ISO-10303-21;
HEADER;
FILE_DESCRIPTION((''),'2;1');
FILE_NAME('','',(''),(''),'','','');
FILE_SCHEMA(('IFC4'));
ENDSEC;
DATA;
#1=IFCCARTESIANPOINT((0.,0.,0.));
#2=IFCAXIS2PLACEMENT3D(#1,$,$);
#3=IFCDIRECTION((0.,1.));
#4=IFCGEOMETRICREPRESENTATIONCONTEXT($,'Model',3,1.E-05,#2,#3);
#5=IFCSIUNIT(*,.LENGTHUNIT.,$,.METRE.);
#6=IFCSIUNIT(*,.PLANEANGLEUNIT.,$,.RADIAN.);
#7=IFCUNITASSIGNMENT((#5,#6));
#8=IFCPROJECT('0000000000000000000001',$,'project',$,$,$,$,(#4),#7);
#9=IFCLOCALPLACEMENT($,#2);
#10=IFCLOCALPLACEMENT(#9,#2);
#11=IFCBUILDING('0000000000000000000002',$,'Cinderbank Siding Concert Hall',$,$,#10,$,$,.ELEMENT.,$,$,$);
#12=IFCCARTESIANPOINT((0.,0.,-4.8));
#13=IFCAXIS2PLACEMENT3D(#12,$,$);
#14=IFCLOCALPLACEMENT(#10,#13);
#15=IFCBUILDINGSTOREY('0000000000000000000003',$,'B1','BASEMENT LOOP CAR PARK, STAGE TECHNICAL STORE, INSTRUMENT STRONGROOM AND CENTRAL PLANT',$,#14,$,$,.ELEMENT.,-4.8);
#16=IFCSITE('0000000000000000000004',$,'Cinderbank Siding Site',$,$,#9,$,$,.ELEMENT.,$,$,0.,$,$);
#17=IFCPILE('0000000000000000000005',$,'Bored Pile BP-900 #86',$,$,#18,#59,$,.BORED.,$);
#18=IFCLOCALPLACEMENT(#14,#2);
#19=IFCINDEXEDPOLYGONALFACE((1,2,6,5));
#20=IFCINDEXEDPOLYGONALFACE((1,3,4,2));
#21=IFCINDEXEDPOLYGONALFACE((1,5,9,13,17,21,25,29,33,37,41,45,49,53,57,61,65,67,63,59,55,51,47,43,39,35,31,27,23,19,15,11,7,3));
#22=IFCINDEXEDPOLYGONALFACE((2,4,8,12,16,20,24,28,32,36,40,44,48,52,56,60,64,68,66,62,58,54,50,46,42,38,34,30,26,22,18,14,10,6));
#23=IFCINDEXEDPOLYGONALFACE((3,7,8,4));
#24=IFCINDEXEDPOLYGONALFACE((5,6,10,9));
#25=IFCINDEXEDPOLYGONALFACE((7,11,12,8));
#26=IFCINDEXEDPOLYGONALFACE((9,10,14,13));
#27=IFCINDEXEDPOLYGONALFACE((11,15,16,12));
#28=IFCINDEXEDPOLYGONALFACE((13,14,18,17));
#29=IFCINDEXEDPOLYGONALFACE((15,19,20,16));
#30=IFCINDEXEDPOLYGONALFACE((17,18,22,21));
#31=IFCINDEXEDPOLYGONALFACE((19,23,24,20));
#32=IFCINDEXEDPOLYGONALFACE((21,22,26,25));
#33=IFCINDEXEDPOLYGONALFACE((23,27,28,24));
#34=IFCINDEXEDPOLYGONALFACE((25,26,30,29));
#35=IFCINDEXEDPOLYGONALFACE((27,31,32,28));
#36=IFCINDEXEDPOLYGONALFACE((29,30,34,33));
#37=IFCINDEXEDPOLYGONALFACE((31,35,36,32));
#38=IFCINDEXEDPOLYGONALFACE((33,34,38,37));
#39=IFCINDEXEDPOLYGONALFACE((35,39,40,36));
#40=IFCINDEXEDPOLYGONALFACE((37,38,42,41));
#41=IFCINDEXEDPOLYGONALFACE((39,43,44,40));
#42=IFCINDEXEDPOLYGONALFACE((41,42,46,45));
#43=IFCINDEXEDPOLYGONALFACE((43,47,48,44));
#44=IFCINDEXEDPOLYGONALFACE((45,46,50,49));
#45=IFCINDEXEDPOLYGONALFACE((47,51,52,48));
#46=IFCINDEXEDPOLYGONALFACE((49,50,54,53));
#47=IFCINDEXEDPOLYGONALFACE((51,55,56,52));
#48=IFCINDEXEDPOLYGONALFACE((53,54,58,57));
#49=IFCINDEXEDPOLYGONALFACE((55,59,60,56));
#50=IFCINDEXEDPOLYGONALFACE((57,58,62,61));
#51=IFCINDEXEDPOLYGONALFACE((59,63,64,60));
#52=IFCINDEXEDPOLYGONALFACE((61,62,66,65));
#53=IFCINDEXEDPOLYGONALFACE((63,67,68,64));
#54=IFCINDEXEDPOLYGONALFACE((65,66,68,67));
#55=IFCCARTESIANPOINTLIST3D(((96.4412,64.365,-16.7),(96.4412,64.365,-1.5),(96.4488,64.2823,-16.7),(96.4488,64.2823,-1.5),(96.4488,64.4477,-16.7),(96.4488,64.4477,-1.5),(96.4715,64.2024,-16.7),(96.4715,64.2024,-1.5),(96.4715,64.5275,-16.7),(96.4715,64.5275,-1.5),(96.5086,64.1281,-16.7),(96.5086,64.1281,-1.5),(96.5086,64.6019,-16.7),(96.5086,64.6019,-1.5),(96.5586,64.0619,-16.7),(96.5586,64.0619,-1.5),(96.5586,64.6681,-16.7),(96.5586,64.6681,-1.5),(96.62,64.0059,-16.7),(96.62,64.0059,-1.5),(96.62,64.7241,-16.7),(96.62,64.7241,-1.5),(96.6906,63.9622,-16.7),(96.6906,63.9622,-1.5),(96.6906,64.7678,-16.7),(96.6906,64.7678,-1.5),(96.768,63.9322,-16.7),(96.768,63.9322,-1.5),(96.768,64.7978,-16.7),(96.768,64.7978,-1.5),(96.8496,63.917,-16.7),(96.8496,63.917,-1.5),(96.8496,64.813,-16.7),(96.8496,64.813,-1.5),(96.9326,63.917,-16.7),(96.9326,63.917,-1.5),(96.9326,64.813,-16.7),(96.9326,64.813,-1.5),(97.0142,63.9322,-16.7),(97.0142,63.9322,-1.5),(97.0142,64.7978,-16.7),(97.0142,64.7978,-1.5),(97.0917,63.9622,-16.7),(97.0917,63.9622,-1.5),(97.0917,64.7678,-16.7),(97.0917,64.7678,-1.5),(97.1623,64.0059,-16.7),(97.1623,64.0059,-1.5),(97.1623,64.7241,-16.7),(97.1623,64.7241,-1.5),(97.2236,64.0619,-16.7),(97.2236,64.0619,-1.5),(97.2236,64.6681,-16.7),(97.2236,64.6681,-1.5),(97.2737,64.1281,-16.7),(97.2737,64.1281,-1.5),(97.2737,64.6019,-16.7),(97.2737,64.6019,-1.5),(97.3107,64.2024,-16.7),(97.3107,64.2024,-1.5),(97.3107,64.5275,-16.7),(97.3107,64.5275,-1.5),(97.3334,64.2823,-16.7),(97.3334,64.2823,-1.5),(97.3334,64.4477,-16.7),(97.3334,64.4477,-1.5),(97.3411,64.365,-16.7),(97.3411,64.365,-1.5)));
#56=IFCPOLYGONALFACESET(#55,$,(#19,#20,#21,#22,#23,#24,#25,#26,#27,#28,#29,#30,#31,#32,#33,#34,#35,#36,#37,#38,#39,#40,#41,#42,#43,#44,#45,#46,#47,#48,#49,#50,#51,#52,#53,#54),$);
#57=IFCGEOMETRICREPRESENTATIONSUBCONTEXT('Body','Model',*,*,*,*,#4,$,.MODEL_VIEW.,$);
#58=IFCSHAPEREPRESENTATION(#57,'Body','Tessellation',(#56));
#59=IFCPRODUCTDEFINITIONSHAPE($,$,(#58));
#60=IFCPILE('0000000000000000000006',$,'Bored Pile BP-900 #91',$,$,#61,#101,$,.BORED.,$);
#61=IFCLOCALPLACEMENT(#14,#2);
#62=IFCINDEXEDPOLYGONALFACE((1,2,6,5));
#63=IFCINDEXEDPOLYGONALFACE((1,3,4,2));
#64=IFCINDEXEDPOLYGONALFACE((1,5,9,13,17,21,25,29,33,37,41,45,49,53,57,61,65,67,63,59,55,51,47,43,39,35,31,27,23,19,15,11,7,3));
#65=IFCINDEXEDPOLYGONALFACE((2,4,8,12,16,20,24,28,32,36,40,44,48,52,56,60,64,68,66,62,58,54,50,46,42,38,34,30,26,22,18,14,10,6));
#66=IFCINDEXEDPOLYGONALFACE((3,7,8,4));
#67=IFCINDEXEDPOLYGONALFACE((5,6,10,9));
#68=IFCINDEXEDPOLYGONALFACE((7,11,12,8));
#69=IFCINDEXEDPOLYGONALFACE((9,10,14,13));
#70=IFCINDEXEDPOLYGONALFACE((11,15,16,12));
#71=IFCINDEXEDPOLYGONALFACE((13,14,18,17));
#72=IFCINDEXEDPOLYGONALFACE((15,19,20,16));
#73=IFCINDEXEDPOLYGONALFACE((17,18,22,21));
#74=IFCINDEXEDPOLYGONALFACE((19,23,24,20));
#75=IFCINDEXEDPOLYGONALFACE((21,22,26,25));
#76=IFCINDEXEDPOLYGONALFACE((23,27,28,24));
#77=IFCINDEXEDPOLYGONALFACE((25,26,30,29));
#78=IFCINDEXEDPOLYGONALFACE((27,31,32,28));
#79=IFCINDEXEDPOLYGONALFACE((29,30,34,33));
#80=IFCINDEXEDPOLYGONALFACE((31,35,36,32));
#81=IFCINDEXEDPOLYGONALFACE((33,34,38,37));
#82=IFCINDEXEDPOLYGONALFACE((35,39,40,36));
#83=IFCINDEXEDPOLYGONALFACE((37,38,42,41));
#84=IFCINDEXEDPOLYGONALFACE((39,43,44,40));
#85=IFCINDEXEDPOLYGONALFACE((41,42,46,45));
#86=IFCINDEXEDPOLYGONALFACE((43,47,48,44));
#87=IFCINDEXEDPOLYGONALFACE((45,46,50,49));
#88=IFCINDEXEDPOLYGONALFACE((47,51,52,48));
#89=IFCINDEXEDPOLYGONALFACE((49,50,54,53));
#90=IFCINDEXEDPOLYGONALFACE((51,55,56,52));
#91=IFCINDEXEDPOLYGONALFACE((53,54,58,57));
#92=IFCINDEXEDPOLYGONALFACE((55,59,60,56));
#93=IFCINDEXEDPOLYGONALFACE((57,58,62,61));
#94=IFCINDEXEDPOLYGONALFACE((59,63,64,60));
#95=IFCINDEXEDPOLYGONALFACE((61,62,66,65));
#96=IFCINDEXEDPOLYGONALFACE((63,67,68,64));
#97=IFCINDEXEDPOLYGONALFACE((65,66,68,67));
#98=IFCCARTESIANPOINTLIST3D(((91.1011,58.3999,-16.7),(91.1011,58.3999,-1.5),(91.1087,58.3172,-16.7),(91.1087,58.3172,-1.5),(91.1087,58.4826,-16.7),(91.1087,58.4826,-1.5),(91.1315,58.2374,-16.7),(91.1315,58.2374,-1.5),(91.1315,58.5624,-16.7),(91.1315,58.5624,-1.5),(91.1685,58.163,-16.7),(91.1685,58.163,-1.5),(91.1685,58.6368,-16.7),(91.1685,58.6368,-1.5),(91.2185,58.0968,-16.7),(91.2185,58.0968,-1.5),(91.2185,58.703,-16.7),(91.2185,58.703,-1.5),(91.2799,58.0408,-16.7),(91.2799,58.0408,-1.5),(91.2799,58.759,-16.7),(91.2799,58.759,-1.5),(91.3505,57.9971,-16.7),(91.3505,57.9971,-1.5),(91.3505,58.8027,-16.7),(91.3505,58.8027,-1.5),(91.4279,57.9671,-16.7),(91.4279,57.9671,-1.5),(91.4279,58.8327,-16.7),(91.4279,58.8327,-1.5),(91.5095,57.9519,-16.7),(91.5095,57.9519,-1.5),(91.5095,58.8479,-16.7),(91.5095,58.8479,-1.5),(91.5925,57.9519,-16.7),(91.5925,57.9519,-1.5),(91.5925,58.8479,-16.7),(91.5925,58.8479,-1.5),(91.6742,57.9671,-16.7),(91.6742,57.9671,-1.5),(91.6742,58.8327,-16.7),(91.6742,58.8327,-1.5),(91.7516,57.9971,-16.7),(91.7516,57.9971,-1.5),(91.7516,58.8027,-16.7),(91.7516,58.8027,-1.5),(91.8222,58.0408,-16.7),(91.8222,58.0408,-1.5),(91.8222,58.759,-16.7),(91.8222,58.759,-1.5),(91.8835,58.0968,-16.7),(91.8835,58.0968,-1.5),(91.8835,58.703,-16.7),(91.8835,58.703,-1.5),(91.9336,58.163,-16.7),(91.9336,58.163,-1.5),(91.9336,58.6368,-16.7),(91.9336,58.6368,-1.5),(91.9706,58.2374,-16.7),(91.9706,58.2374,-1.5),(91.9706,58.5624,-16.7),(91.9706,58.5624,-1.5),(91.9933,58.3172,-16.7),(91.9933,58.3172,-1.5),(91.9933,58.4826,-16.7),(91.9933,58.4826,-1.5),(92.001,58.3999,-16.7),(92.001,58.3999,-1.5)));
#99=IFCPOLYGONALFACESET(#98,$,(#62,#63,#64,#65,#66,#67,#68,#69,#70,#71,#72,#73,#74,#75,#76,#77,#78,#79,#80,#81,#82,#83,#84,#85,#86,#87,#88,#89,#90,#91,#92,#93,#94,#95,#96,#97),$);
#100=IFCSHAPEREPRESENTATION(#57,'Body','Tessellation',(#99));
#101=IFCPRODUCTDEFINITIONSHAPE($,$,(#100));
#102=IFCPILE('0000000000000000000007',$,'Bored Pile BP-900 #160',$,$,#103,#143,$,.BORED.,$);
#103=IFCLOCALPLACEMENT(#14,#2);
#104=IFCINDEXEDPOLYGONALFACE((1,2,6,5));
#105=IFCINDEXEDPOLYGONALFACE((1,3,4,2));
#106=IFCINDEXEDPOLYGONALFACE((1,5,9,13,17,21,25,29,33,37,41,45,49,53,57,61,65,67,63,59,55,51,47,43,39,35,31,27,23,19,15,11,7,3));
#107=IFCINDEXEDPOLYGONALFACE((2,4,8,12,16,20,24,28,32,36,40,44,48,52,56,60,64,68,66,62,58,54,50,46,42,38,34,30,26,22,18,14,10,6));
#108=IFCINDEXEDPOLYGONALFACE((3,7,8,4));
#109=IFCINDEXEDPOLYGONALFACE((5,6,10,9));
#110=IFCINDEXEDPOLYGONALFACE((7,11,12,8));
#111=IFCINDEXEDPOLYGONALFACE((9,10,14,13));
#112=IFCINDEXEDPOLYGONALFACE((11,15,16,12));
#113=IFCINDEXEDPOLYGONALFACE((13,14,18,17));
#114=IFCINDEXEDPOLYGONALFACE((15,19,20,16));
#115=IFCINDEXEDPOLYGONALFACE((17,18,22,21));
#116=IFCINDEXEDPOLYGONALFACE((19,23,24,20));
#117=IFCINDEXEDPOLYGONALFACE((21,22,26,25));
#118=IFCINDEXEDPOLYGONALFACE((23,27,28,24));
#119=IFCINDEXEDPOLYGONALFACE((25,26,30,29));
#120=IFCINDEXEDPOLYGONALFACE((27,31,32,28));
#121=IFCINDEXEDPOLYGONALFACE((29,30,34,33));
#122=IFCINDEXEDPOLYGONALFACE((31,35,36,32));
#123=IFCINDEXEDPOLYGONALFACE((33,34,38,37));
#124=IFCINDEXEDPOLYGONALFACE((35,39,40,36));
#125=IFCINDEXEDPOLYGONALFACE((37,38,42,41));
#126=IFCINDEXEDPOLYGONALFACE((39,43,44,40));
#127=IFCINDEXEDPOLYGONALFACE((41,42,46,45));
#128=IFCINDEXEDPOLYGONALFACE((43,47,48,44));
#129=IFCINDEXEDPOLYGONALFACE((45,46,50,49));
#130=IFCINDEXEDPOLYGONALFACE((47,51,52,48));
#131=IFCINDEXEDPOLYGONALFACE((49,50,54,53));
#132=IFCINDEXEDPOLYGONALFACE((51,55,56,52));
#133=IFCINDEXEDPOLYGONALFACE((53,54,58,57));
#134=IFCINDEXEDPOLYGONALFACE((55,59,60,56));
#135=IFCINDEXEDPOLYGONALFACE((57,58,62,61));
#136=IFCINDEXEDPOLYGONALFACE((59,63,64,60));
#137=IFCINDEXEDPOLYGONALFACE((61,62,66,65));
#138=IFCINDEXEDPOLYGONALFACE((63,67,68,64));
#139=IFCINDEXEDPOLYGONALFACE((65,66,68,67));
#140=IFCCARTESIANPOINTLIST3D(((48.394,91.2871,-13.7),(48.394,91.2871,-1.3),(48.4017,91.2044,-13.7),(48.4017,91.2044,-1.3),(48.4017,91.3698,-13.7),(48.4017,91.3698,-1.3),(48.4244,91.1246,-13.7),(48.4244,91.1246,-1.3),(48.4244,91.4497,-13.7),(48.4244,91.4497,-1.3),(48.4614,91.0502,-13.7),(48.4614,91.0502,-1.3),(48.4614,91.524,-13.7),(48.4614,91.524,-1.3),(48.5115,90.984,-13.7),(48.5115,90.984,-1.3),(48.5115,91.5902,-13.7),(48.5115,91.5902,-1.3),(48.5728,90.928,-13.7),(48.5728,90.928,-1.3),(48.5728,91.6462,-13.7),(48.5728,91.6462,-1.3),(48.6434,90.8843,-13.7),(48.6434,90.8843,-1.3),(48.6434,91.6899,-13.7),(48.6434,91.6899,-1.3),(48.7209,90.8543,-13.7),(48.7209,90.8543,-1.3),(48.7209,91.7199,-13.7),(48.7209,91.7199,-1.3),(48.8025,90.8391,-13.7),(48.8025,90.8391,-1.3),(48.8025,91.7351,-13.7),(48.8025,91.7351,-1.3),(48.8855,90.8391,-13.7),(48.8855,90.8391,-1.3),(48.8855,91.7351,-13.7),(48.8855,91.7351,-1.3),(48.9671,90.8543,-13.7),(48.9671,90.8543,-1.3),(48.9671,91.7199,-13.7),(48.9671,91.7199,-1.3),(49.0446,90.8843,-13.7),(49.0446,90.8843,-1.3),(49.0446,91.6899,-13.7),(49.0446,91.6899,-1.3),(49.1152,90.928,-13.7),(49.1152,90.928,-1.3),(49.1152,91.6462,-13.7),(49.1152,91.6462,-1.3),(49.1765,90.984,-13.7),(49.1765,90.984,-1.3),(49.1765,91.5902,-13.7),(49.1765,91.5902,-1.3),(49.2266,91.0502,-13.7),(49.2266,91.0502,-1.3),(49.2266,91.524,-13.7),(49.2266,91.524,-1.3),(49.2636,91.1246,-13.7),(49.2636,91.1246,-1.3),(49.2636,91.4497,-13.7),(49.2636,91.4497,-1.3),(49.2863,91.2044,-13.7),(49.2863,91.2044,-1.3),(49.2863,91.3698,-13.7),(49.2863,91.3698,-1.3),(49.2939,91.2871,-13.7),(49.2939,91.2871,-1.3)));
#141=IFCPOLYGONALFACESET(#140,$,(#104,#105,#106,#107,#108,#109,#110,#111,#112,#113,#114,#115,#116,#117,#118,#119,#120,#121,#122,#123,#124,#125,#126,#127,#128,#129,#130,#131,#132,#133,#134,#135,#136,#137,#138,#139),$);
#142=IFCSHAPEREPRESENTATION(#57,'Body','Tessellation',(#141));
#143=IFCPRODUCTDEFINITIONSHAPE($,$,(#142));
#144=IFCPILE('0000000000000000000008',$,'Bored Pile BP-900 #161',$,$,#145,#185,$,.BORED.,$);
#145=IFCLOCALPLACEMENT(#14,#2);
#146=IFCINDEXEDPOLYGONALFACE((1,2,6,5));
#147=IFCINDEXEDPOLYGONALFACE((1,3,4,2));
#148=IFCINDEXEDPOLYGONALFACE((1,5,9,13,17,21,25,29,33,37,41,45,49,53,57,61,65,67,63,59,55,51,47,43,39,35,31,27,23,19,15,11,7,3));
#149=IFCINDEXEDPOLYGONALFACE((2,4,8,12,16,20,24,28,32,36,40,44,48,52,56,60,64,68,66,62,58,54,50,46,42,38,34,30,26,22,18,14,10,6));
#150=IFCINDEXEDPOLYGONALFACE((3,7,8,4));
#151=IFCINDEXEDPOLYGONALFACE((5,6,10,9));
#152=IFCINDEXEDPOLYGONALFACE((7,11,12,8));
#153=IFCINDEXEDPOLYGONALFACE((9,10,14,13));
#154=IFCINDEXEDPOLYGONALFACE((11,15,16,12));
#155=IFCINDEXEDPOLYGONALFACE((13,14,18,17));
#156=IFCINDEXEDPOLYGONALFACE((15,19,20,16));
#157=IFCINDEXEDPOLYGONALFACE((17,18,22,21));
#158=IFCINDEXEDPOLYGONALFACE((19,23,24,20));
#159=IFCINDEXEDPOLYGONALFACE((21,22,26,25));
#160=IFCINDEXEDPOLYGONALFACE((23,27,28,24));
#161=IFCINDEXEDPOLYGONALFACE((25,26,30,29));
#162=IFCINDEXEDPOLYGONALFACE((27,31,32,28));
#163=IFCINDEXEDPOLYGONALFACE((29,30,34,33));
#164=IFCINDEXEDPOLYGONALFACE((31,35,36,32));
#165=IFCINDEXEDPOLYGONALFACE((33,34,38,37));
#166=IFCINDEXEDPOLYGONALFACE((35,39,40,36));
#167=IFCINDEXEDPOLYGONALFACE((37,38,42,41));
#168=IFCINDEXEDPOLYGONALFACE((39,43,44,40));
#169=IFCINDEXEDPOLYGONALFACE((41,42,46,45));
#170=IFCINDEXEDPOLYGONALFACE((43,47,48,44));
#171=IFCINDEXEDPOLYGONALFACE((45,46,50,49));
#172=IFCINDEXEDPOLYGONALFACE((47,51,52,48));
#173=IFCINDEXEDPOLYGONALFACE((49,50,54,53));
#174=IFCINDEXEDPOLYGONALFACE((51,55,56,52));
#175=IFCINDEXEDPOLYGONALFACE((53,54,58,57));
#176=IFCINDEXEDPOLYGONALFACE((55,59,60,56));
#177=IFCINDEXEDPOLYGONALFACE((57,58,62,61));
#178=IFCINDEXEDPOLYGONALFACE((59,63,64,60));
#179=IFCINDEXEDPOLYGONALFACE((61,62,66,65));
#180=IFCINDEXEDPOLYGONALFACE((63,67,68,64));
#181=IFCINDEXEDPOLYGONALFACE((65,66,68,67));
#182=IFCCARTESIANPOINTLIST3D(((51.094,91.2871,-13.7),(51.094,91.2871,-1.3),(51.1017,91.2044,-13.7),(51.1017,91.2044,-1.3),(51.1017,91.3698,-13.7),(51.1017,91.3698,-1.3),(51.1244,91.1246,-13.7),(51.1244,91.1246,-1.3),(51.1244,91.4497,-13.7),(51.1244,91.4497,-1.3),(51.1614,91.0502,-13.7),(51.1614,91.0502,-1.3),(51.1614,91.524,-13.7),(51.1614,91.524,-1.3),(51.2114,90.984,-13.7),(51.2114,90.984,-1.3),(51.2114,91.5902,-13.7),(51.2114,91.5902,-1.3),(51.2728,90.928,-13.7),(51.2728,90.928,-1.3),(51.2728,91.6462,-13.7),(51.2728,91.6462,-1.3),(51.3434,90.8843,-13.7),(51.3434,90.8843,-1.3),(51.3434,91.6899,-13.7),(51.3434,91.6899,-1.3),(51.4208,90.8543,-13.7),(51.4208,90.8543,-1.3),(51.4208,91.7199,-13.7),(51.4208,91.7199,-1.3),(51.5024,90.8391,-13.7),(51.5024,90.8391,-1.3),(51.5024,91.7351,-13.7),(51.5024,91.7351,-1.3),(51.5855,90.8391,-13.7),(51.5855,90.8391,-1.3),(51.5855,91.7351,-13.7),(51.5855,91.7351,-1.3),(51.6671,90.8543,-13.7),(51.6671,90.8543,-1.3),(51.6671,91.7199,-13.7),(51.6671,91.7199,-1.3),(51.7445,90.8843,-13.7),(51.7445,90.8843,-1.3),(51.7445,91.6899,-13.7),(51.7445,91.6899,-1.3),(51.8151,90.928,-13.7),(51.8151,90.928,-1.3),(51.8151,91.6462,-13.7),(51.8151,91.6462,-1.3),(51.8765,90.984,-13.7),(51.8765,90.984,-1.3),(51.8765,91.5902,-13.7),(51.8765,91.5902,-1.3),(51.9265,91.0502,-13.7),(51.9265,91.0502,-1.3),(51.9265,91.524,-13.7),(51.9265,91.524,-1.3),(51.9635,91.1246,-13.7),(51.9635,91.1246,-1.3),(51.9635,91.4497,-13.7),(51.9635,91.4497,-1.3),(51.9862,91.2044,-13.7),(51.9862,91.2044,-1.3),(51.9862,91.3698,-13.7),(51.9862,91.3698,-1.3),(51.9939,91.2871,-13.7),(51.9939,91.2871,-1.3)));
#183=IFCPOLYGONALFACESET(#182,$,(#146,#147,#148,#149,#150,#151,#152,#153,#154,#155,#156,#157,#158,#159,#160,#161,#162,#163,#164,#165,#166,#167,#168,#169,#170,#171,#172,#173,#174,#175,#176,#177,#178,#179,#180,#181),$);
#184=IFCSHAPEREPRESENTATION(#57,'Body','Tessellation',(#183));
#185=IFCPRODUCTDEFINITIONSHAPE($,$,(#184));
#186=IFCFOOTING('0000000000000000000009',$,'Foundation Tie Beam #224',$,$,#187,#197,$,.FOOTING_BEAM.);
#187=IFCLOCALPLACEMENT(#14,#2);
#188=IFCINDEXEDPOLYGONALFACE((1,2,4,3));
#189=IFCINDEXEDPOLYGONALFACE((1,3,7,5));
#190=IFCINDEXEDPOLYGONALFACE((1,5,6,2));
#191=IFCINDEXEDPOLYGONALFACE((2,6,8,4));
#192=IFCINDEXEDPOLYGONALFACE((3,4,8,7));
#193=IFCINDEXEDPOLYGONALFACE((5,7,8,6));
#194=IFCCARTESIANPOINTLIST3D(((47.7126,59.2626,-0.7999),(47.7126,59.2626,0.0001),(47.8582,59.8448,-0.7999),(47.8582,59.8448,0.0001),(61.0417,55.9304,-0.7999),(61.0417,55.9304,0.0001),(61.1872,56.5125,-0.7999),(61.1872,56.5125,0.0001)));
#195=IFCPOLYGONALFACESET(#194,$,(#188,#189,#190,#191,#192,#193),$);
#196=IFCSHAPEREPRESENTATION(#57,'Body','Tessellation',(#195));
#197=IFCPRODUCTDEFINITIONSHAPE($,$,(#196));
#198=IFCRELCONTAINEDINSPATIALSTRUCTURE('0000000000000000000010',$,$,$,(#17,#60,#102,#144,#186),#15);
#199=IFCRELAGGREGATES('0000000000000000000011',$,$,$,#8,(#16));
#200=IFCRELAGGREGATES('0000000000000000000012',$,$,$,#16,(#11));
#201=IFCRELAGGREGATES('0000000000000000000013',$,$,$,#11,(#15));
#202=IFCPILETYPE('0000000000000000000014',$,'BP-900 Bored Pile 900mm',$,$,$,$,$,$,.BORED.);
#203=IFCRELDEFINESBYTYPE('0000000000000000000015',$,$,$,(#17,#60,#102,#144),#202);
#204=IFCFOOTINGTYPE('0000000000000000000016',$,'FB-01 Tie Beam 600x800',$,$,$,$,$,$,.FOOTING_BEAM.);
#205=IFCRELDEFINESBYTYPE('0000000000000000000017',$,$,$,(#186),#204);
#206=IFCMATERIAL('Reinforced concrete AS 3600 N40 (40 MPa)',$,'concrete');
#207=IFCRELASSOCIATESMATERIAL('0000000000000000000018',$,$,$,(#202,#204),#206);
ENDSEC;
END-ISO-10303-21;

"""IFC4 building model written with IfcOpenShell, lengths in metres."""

from ifc_helpers import new_model, si_unit, direction, frame, origin, origin_2d, place, context, subcontext, project, spatial, rectangle, circle, extrude, material, material_profile, profile_set, type_object, element, save


model = new_model("IFC4")

# Units and contexts
model_context = context("Model", 3, precision=1e-05, world=origin(), true_north=direction((0.0, 1.0)))
body_context = subcontext(model_context, "Body", "Model", "MODEL_VIEW")
ifc_project = project(units=[si_unit("LENGTHUNIT", "METRE"), si_unit("PLANEANGLEUNIT", "RADIAN")], contexts=[model_context])

# Site, building, storey
site_placement = place(None, origin())
site = spatial("IfcSite", under=ifc_project, at=site_placement, Name="Cinderbank Siding Site", CompositionType="ELEMENT", RefElevation=0.0)
building_placement = place(site_placement, origin())
building = spatial("IfcBuilding", under=site, at=building_placement, Name="Cinderbank Siding Concert Hall", CompositionType="ELEMENT")
storey_placement = place(building_placement, frame((0.0, 0.0, -4.8)))
storey = spatial("IfcBuildingStorey", under=building, at=storey_placement, Name="B1", Description="BASEMENT LOOP CAR PARK, STAGE TECHNICAL STORE, INSTRUMENT STRONGROOM AND CENTRAL PLANT", CompositionType="ELEMENT", Elevation=-4.8)

# Piles
ifc_material_1 = material(Name="Reinforced concrete AS 3600 N40 (40 MPa)", Category="concrete")
ifc_material_profile_1 = material_profile(ifc_material_1, circle(Radius=0.45, at=origin_2d()), Name="PILE-900DIA", Category="LoadBearing")
ifc_profile_set_1 = profile_set([ifc_material_profile_1], Name="Reinforced concrete AS 3600 N40 (40 MPa)")
pile_type_1 = type_object("IfcPileType", Name="BP-900 Bored Pile 900mm", PredefinedType="BORED", material=ifc_profile_set_1)
for number, where, z_axis, x_axis, name in (
    (1, (96.8911, 64.365, -1.5), (0.0, 0.0, -1.0), (1.0, 0.0, 0.0), "Bored Pile BP-900 #86"),
    (2, (91.551, 58.3999, -1.5), (0.0, 0.0, -1.0), (1.0, 0.0, 0.0), "Bored Pile BP-900 #91"),
):
    element("IfcPile", number, at=place(storey_placement, frame(where, z_axis=z_axis, x_axis=x_axis)), inside=storey, type_object=pile_type_1, Name=name, PredefinedType="BORED", context=body_context, shape_type="SweptSolid", body=[
        extrude(circle(Radius=0.45, at=origin_2d()), origin(), (0.0, 0.0, 1.0), 15.2),
    ])
for number, where, z_axis, x_axis, name in (
    (3, (48.844, 91.2871, -1.3), (0.0, 0.0, -1.0), (1.0, 0.0, 0.0), "Bored Pile BP-900 #160"),
    (4, (51.5439, 91.2871, -1.3), (0.0, 0.0, -1.0), (1.0, 0.0, 0.0), "Bored Pile BP-900 #161"),
):
    element("IfcPile", number, at=place(storey_placement, frame(where, z_axis=z_axis, x_axis=x_axis)), inside=storey, type_object=pile_type_1, Name=name, PredefinedType="BORED", context=body_context, shape_type="SweptSolid", body=[
        extrude(circle(Radius=0.45, at=origin_2d()), origin(), (0.0, 0.0, 1.0), 12.3999),
    ])

# Footing
ifc_material_profile_2 = material_profile(ifc_material_1, rectangle(XDim=0.6001, YDim=0.8, at=origin_2d()), Name="RC-FB-600x800", Category="LoadBearing")
ifc_profile_set_2 = profile_set([ifc_material_profile_2], Name="Reinforced concrete AS 3600 N40 (40 MPa)")
footing_type_1 = type_object("IfcFootingType", Name="FB-01 Tie Beam 600x800", PredefinedType="FOOTING_BEAM", material=ifc_profile_set_2)
footing_1_placement = place(storey_placement, frame((47.7854, 59.5537, -0.3999), z_axis=(0.970143, -0.242536, 0.0), x_axis=(0.242536, 0.970143, 0.0)))
element("IfcFooting", 5, at=footing_1_placement, inside=storey, type_object=footing_type_1, Name="Foundation Tie Beam #224", PredefinedType="FOOTING_BEAM", context=body_context, shape_type="SweptSolid", body=[
    extrude(rectangle(XDim=0.6001, YDim=0.8, at=origin_2d()), origin(), (0.0, 0.0, 1.0), 13.7393),
])

save(model, "model.ifc")
